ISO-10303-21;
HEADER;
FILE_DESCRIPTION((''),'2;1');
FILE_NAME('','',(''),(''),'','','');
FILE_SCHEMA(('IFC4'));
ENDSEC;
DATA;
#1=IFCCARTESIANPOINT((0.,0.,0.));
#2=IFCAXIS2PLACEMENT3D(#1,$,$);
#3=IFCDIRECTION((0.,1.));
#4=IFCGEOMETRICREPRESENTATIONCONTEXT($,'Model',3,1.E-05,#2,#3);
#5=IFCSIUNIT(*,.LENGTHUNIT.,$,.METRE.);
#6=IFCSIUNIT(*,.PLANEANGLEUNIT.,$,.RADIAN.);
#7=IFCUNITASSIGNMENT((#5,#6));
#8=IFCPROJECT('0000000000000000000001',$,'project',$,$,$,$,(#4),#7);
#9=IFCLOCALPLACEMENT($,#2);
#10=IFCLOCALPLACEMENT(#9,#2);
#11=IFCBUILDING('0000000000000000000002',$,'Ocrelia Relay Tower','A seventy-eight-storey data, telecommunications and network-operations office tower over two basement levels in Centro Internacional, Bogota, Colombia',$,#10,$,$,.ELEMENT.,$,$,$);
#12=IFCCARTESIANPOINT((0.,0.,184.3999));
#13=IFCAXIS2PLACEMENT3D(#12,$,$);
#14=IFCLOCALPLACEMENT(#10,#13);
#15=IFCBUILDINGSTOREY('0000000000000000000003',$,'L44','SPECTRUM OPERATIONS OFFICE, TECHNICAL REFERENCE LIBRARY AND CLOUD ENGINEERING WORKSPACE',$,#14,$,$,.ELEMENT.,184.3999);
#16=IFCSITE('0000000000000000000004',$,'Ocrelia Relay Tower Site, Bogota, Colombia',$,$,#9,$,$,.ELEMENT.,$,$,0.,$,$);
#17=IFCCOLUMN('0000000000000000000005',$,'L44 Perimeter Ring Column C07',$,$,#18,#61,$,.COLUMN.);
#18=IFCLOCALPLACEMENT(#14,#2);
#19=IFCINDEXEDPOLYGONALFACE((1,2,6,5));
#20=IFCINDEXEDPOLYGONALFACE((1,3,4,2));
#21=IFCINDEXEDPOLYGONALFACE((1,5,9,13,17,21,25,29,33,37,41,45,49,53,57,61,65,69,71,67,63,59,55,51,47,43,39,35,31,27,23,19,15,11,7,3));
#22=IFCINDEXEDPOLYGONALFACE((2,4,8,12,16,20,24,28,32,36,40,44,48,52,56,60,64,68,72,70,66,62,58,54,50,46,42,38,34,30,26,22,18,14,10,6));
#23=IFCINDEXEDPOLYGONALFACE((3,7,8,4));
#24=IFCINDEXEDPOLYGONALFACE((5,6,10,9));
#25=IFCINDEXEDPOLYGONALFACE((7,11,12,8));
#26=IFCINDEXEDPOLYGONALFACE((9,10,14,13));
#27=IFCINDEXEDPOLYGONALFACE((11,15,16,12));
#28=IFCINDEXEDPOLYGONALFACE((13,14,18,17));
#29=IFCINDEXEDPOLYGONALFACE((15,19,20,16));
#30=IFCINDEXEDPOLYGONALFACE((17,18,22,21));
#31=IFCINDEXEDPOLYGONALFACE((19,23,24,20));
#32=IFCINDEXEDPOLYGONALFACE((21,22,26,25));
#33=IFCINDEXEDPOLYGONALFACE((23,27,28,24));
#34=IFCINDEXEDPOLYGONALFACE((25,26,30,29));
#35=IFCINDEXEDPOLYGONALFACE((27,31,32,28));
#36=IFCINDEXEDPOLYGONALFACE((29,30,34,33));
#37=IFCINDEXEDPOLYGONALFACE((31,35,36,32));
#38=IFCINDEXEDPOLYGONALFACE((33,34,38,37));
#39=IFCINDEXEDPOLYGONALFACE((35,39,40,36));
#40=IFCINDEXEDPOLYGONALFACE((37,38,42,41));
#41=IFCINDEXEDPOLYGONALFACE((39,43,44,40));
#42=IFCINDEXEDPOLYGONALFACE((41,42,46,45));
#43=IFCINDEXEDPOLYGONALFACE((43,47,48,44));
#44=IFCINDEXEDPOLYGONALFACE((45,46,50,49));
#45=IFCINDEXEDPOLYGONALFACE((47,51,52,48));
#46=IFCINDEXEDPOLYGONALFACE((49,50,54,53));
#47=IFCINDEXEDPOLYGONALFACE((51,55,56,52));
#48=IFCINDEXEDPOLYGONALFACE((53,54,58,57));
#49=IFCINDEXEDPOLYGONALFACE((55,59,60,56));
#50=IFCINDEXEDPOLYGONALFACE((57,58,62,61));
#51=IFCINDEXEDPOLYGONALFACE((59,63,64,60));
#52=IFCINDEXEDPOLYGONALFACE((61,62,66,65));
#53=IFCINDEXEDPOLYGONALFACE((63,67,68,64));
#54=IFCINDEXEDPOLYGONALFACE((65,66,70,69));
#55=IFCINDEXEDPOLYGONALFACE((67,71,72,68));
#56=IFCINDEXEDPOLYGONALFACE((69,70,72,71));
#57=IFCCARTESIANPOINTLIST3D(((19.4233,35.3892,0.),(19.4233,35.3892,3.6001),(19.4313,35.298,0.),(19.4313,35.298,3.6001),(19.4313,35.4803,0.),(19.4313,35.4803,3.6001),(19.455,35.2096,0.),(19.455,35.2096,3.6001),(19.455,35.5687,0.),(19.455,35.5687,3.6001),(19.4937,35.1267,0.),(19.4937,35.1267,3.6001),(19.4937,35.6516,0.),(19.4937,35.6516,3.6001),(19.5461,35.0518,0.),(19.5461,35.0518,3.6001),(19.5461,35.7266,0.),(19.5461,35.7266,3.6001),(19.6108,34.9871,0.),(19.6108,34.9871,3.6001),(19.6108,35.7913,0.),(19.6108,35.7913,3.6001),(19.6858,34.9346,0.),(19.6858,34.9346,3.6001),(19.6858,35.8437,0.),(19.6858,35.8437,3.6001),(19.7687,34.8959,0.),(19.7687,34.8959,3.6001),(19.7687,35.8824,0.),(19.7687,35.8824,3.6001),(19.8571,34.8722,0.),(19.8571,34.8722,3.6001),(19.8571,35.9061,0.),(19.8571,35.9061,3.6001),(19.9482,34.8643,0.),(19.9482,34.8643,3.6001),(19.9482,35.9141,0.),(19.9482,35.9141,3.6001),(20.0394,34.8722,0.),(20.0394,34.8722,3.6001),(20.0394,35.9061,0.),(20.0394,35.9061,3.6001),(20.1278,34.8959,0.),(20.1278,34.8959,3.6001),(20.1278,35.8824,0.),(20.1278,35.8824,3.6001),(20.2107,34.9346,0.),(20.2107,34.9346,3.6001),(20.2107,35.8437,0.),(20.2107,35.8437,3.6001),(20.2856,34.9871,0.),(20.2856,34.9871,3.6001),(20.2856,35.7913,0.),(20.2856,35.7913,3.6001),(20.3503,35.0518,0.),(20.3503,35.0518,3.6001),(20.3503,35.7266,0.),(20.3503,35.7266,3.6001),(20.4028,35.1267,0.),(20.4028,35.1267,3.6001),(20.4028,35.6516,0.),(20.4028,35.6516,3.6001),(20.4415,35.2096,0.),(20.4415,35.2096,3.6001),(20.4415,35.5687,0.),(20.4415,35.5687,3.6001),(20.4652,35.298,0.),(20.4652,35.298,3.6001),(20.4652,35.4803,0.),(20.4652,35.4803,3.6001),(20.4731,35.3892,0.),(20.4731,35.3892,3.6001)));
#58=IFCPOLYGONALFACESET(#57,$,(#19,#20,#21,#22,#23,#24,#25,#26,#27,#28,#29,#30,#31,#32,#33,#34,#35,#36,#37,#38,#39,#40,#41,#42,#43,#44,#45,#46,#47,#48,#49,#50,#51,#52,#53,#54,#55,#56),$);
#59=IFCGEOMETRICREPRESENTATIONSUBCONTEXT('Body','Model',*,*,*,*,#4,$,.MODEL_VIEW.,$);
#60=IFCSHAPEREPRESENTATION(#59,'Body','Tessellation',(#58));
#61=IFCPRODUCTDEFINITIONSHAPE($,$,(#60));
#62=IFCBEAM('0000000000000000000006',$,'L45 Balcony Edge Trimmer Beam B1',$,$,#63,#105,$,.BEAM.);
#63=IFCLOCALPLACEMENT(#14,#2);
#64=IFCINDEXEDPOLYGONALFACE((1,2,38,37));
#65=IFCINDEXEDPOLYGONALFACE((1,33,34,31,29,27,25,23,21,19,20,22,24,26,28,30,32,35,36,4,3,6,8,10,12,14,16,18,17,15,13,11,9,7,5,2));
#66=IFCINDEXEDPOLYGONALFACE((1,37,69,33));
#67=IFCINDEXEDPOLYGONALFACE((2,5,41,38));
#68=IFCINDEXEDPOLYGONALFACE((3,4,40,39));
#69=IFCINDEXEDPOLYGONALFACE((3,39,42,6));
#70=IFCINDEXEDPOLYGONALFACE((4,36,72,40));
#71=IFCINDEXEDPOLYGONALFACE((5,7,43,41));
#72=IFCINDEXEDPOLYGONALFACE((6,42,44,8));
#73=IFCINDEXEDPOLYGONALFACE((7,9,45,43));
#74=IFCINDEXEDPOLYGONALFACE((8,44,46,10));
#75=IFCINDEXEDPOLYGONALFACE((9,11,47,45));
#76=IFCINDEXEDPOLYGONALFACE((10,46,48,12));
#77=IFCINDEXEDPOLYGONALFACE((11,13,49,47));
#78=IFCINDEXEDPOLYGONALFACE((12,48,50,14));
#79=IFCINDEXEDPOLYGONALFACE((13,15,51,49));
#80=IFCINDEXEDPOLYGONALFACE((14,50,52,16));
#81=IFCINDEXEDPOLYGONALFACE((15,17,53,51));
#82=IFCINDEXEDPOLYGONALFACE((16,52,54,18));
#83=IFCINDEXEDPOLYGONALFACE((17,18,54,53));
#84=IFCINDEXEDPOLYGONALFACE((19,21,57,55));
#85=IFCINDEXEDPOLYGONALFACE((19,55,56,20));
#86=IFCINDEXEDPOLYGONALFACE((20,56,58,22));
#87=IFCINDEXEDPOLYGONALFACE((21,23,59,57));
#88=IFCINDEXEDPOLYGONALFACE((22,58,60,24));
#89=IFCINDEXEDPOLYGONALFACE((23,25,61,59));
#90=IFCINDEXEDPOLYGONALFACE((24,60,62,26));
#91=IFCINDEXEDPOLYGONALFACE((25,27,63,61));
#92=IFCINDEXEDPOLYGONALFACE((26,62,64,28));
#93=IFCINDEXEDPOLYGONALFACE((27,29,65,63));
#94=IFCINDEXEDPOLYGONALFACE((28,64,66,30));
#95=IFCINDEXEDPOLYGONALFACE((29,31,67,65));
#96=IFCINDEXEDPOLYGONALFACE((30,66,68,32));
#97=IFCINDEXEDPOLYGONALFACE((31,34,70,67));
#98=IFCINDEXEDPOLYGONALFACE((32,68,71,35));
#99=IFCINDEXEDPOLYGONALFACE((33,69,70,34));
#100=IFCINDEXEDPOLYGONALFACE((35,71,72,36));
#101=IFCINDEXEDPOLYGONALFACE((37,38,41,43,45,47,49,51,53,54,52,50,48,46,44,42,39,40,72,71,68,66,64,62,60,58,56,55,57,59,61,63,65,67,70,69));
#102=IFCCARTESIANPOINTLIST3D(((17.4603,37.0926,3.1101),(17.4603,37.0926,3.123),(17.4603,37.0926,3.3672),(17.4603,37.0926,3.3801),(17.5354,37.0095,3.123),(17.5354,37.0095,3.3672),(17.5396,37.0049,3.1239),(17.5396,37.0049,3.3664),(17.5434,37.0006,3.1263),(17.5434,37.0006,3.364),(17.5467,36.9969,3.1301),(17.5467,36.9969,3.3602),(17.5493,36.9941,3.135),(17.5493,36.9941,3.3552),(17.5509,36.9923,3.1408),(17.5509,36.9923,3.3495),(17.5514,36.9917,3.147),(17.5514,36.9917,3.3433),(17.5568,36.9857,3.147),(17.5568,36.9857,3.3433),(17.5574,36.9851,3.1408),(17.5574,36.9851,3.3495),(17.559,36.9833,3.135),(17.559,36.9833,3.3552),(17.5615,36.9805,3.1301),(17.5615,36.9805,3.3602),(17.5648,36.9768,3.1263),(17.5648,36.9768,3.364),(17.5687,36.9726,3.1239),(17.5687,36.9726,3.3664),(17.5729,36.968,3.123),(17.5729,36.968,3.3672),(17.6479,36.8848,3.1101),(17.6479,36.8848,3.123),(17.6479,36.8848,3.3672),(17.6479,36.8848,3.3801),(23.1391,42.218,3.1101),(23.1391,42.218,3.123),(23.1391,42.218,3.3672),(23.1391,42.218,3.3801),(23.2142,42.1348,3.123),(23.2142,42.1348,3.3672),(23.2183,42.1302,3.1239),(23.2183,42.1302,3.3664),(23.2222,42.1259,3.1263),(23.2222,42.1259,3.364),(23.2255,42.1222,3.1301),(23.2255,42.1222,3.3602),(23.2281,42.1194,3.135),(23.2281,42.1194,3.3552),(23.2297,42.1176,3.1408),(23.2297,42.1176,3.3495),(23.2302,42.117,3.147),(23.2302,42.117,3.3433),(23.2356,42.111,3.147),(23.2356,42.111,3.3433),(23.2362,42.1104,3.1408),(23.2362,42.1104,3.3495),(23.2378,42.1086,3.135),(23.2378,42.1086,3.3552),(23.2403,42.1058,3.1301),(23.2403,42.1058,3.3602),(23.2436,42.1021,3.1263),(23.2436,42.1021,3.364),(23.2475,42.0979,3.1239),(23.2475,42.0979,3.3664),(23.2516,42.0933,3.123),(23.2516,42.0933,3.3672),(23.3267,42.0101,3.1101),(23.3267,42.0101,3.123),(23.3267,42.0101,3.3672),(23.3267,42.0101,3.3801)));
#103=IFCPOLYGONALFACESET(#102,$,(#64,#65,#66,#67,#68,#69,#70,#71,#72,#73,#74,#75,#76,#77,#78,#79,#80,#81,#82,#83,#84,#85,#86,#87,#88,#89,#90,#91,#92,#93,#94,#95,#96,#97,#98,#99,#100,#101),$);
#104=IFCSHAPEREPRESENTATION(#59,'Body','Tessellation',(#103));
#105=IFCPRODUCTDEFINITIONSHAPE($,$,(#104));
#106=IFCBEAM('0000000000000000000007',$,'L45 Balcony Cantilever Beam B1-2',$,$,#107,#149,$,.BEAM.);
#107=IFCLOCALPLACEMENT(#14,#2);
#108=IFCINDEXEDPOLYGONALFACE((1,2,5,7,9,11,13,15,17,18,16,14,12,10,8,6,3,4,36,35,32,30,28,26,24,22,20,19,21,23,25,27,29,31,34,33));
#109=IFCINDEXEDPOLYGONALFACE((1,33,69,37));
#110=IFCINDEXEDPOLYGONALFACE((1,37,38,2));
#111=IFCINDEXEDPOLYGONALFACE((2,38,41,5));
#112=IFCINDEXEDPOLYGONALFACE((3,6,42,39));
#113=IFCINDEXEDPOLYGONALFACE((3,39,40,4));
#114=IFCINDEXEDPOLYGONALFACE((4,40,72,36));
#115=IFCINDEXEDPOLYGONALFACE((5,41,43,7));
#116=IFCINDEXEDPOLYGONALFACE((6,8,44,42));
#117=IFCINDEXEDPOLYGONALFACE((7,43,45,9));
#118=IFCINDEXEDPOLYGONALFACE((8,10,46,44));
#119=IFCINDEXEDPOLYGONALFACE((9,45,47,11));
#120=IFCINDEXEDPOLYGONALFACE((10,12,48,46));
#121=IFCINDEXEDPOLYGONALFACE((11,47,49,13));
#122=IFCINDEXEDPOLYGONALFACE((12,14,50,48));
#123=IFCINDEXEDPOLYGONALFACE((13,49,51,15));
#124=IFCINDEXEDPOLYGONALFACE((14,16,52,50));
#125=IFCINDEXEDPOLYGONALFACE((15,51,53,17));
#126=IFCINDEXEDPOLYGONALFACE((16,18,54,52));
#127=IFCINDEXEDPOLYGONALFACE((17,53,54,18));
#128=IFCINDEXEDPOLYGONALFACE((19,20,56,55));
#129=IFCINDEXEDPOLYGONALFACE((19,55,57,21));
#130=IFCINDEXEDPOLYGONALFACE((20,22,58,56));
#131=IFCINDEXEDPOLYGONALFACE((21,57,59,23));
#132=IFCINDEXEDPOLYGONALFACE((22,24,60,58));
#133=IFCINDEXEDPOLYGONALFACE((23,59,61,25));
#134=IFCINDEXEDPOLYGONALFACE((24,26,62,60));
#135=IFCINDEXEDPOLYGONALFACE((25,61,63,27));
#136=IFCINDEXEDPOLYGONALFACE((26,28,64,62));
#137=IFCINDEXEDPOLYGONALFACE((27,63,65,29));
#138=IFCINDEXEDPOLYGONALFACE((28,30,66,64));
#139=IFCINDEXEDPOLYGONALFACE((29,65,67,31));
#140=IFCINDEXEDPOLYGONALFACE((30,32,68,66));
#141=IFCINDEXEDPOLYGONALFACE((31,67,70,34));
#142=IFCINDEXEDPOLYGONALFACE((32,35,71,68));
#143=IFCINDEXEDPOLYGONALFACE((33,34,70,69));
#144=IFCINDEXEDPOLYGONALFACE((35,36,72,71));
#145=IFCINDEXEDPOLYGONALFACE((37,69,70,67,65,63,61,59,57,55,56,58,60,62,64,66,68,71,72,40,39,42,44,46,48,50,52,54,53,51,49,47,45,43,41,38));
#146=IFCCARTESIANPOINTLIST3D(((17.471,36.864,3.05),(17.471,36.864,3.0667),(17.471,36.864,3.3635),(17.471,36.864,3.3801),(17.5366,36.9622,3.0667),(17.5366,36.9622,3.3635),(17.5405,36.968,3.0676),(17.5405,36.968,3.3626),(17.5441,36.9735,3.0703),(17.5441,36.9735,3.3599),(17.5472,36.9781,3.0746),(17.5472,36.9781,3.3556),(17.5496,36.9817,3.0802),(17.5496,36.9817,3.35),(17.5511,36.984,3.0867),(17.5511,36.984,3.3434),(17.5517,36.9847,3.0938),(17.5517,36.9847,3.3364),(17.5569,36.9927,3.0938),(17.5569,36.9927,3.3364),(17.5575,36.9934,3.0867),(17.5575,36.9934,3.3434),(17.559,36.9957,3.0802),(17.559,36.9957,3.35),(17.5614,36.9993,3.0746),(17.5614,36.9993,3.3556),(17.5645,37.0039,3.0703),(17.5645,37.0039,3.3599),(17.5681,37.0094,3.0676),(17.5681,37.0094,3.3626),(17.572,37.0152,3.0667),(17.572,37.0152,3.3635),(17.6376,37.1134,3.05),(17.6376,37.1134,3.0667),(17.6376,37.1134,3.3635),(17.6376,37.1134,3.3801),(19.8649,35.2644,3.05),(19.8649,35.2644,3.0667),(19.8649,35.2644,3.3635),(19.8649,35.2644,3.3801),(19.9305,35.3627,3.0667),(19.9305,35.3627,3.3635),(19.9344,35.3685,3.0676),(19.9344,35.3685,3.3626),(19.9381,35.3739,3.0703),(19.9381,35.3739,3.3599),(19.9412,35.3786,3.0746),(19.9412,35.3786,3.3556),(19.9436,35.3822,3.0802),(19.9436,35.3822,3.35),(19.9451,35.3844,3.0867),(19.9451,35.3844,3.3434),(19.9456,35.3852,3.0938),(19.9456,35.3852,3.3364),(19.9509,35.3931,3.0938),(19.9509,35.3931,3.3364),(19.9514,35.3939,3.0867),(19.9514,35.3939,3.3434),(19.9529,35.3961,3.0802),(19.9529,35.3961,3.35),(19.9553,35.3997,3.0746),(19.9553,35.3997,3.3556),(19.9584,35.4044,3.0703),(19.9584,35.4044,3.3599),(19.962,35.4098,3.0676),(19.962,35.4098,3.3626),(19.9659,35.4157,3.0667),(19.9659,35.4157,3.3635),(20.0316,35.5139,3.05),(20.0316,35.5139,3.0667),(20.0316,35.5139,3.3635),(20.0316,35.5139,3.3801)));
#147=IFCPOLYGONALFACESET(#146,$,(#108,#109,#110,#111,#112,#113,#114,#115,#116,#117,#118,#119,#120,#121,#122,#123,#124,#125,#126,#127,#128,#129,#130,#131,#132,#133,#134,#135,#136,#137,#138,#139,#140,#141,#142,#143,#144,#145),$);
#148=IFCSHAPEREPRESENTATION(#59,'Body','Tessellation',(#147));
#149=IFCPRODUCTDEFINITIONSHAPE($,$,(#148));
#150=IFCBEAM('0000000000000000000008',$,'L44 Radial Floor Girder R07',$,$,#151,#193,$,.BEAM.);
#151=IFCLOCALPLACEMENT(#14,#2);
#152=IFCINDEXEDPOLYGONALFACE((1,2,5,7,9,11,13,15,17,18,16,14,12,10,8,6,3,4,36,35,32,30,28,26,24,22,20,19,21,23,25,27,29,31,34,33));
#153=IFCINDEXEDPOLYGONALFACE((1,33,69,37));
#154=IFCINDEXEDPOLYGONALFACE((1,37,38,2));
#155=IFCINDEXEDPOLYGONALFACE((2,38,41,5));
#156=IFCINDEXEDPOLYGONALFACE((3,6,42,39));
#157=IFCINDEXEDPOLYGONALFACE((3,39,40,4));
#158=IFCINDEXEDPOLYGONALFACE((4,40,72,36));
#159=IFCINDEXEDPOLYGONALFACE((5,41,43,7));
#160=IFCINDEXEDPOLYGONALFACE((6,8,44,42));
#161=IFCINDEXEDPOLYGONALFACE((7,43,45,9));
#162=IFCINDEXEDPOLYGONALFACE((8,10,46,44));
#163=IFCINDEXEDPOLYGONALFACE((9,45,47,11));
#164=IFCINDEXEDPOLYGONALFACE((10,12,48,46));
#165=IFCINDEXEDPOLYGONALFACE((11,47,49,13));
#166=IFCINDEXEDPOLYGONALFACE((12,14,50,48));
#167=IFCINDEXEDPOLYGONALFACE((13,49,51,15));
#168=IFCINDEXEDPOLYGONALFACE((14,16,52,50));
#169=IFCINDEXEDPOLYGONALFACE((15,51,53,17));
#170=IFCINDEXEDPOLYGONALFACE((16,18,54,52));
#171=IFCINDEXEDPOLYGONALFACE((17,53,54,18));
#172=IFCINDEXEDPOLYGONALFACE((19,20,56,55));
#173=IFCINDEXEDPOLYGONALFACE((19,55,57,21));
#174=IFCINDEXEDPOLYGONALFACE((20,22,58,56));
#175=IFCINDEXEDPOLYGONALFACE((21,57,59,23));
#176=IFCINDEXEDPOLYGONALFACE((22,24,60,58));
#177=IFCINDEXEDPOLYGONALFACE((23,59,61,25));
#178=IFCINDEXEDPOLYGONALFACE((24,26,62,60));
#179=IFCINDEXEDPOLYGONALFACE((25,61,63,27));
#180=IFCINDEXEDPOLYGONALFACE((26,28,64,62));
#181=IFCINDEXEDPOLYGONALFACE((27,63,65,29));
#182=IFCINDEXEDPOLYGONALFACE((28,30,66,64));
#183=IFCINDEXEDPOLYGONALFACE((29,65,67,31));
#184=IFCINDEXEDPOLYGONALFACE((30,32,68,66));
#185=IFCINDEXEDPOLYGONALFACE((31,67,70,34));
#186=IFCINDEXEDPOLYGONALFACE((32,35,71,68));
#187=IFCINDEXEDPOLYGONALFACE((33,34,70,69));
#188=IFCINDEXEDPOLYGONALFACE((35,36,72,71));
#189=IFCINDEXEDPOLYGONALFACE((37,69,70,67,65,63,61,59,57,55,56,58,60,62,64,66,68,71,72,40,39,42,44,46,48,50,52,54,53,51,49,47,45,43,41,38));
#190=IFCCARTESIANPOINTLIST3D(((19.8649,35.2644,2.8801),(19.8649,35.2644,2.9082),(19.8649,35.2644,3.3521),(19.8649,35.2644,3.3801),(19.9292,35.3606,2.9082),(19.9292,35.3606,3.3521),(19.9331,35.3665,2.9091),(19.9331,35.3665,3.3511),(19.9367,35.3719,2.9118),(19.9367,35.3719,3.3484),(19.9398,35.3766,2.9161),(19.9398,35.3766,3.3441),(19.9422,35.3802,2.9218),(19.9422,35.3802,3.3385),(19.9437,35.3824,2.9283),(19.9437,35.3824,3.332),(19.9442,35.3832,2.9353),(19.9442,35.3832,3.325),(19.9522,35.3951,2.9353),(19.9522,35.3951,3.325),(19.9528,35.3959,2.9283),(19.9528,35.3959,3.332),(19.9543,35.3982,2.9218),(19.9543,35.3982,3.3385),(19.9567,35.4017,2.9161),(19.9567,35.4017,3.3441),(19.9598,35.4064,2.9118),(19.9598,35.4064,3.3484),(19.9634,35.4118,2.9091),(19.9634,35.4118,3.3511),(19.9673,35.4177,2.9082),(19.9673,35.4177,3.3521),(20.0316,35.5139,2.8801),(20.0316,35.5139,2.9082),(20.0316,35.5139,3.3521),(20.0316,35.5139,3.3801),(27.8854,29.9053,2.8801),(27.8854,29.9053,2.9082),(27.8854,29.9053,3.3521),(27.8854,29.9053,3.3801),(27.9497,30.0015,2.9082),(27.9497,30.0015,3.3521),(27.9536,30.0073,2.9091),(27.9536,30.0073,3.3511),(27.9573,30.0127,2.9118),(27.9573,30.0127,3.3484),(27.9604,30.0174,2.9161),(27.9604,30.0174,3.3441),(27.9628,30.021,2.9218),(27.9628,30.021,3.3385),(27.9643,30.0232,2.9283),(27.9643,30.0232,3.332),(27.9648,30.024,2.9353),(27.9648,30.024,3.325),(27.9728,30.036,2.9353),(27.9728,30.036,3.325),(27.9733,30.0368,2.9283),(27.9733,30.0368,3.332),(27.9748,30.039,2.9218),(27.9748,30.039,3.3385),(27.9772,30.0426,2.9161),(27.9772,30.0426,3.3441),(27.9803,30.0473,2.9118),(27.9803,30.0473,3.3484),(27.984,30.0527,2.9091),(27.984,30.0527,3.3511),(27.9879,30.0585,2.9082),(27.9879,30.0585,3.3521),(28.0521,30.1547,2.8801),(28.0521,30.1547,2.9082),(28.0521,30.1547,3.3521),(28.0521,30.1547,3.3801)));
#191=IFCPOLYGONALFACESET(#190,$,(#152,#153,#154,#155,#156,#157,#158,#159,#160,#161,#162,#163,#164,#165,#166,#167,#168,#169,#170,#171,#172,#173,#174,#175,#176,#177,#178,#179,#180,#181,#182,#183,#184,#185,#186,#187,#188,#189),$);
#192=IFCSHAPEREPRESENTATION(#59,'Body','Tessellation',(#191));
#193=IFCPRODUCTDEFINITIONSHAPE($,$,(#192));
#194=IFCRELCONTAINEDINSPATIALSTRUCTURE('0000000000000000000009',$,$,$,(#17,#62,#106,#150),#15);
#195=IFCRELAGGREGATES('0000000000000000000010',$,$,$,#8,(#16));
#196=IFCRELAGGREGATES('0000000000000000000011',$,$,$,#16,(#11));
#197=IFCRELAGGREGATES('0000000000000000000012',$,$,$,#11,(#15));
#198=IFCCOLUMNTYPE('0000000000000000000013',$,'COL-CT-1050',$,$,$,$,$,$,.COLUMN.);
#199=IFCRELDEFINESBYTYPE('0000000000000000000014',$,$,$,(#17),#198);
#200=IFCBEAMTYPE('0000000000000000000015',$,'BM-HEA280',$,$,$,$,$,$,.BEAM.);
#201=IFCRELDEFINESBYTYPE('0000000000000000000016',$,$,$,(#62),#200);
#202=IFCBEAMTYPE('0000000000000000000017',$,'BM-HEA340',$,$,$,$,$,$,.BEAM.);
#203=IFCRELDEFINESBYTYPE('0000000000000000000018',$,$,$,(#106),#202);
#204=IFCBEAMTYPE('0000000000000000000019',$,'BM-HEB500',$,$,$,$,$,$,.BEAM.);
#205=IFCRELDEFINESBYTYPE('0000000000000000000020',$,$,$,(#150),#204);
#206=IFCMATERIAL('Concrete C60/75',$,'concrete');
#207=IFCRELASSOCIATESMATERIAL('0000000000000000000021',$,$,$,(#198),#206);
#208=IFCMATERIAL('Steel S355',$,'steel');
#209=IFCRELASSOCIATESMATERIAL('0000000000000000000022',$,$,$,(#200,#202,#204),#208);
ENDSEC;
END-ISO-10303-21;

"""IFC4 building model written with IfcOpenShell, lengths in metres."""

from ifc_helpers import new_model, si_unit, direction, frame, origin, origin_2d, place, context, subcontext, project, spatial, circle, i_section, extrude, material, material_profile, profile_set, type_object, element, save


model = new_model("IFC4")

# Units and contexts
model_context = context("Model", 3, precision=1e-05, world=origin(), true_north=direction((0.0, 1.0)))
body_context = subcontext(model_context, "Body", "Model", "MODEL_VIEW")
ifc_project = project(units=[si_unit("LENGTHUNIT", "METRE"), si_unit("PLANEANGLEUNIT", "RADIAN")], contexts=[model_context])

# Site, building, storey
site_placement = place(None, origin())
site = spatial("IfcSite", under=ifc_project, at=site_placement, Name="Ocrelia Relay Tower Site, Bogota, Colombia", CompositionType="ELEMENT", RefElevation=0.0)
building_placement = place(site_placement, origin())
building = spatial("IfcBuilding", under=site, at=building_placement, Name="Ocrelia Relay Tower", Description="A seventy-eight-storey data, telecommunications and network-operations office tower over two basement levels in Centro Internacional, Bogota, Colombia", CompositionType="ELEMENT")
storey_placement = place(building_placement, frame((0.0, 0.0, 184.3999)))
storey = spatial("IfcBuildingStorey", under=building, at=storey_placement, Name="L44", Description="SPECTRUM OPERATIONS OFFICE, TECHNICAL REFERENCE LIBRARY AND CLOUD ENGINEERING WORKSPACE", CompositionType="ELEMENT", Elevation=184.3999)

# Column
ifc_material_1 = material(Name="Concrete C60/75", Category="concrete")
ifc_material_profile_1 = material_profile(ifc_material_1, circle(Radius=0.5249, at=origin_2d()), Name="RC-CIR-1050")
ifc_profile_set_1 = profile_set([ifc_material_profile_1], Name="Concrete C60/75")
column_type = type_object("IfcColumnType", Name="COL-CT-1050", PredefinedType="COLUMN", material=ifc_profile_set_1)
column_placement = place(storey_placement, frame((19.9482, 35.3892, 0.0), z_axis=(0.0, 0.0, 1.0), x_axis=(1.0, 0.0, 0.0)))
element("IfcColumn", 1, at=column_placement, inside=storey, type_object=column_type, Name="L44 Perimeter Ring Column C07", PredefinedType="COLUMN", context=body_context, shape_type="SweptSolid", body=[
    extrude(circle(Radius=0.5249, at=origin_2d()), origin(), (0.0, 0.0, 1.0), 3.6001),
])

# Beams
ifc_material_2 = material(Name="Steel S355", Category="steel")
ifc_material_profile_2 = material_profile(ifc_material_2, i_section(OverallWidth=0.28, OverallDepth=0.27, WebThickness=0.0081, FlangeThickness=0.0129, FilletRadius=0.0239, at=origin_2d()), Name="HEA 280")
ifc_profile_set_2 = profile_set([ifc_material_profile_2], Name="Steel S355")
beam_type_1 = type_object("IfcBeamType", Name="BM-HEA280", PredefinedType="BEAM", material=ifc_profile_set_2)
beam_1_placement = place(storey_placement, frame((23.2329, 42.114, 3.2451), z_axis=(-0.742357, -0.670004, 0.0), x_axis=(0.670004, -0.742357, 0.0)))
element("IfcBeam", 2, at=beam_1_placement, inside=storey, type_object=beam_type_1, Name="L45 Balcony Edge Trimmer Beam B1", PredefinedType="BEAM", context=body_context, shape_type="SweptSolid", body=[
    extrude(i_section(OverallWidth=0.28, OverallDepth=0.27, WebThickness=0.0081, FlangeThickness=0.0129, FilletRadius=0.0239, at=origin_2d()), origin(), (0.0, 0.0, 1.0), 7.6497),
])
ifc_material_profile_3 = material_profile(ifc_material_2, i_section(OverallWidth=0.3, OverallDepth=0.3301, WebThickness=0.0095, FlangeThickness=0.0166, FilletRadius=0.0271, at=origin_2d()), Name="HEA 340")
ifc_profile_set_3 = profile_set([ifc_material_profile_3], Name="Steel S355")
beam_type_2 = type_object("IfcBeamType", Name="BM-HEA340", PredefinedType="BEAM", material=ifc_profile_set_3)
beam_2_placement = place(storey_placement, frame((19.9482, 35.3892, 3.2151), z_axis=(-0.831476, 0.555561, 0.0), x_axis=(-0.555561, -0.831476, 0.0)))
element("IfcBeam", 3, at=beam_2_placement, inside=storey, type_object=beam_type_2, Name="L45 Balcony Cantilever Beam B1-2", PredefinedType="BEAM", context=body_context, shape_type="SweptSolid", body=[
    extrude(i_section(OverallWidth=0.3, OverallDepth=0.3301, WebThickness=0.0095, FlangeThickness=0.0166, FilletRadius=0.0271, at=origin_2d()), origin(), (0.0, 0.0, 1.0), 2.8792),
])
ifc_material_profile_4 = material_profile(ifc_material_2, i_section(OverallWidth=0.3, OverallDepth=0.5, WebThickness=0.0144, FlangeThickness=0.0281, FilletRadius=0.0271, at=origin_2d()), Name="HEB 500")
ifc_profile_set_4 = profile_set([ifc_material_profile_4], Name="Steel S355")
beam_type_3 = type_object("IfcBeamType", Name="BM-HEB500", PredefinedType="BEAM", material=ifc_profile_set_4)
beam_3_placement = place(storey_placement, frame((19.9482, 35.3892, 3.1301), z_axis=(0.83147, -0.55557, 0.0), x_axis=(0.55557, 0.83147, 0.0)))
element("IfcBeam", 4, at=beam_3_placement, inside=storey, type_object=beam_type_3, Name="L44 Radial Floor Girder R07", PredefinedType="BEAM", context=body_context, shape_type="SweptSolid", body=[
    extrude(i_section(OverallWidth=0.3, OverallDepth=0.5, WebThickness=0.0144, FlangeThickness=0.0281, FilletRadius=0.0271, at=origin_2d()), origin(), (0.0, 0.0, 1.0), 9.6462),
])

save(model, "model.ifc")
